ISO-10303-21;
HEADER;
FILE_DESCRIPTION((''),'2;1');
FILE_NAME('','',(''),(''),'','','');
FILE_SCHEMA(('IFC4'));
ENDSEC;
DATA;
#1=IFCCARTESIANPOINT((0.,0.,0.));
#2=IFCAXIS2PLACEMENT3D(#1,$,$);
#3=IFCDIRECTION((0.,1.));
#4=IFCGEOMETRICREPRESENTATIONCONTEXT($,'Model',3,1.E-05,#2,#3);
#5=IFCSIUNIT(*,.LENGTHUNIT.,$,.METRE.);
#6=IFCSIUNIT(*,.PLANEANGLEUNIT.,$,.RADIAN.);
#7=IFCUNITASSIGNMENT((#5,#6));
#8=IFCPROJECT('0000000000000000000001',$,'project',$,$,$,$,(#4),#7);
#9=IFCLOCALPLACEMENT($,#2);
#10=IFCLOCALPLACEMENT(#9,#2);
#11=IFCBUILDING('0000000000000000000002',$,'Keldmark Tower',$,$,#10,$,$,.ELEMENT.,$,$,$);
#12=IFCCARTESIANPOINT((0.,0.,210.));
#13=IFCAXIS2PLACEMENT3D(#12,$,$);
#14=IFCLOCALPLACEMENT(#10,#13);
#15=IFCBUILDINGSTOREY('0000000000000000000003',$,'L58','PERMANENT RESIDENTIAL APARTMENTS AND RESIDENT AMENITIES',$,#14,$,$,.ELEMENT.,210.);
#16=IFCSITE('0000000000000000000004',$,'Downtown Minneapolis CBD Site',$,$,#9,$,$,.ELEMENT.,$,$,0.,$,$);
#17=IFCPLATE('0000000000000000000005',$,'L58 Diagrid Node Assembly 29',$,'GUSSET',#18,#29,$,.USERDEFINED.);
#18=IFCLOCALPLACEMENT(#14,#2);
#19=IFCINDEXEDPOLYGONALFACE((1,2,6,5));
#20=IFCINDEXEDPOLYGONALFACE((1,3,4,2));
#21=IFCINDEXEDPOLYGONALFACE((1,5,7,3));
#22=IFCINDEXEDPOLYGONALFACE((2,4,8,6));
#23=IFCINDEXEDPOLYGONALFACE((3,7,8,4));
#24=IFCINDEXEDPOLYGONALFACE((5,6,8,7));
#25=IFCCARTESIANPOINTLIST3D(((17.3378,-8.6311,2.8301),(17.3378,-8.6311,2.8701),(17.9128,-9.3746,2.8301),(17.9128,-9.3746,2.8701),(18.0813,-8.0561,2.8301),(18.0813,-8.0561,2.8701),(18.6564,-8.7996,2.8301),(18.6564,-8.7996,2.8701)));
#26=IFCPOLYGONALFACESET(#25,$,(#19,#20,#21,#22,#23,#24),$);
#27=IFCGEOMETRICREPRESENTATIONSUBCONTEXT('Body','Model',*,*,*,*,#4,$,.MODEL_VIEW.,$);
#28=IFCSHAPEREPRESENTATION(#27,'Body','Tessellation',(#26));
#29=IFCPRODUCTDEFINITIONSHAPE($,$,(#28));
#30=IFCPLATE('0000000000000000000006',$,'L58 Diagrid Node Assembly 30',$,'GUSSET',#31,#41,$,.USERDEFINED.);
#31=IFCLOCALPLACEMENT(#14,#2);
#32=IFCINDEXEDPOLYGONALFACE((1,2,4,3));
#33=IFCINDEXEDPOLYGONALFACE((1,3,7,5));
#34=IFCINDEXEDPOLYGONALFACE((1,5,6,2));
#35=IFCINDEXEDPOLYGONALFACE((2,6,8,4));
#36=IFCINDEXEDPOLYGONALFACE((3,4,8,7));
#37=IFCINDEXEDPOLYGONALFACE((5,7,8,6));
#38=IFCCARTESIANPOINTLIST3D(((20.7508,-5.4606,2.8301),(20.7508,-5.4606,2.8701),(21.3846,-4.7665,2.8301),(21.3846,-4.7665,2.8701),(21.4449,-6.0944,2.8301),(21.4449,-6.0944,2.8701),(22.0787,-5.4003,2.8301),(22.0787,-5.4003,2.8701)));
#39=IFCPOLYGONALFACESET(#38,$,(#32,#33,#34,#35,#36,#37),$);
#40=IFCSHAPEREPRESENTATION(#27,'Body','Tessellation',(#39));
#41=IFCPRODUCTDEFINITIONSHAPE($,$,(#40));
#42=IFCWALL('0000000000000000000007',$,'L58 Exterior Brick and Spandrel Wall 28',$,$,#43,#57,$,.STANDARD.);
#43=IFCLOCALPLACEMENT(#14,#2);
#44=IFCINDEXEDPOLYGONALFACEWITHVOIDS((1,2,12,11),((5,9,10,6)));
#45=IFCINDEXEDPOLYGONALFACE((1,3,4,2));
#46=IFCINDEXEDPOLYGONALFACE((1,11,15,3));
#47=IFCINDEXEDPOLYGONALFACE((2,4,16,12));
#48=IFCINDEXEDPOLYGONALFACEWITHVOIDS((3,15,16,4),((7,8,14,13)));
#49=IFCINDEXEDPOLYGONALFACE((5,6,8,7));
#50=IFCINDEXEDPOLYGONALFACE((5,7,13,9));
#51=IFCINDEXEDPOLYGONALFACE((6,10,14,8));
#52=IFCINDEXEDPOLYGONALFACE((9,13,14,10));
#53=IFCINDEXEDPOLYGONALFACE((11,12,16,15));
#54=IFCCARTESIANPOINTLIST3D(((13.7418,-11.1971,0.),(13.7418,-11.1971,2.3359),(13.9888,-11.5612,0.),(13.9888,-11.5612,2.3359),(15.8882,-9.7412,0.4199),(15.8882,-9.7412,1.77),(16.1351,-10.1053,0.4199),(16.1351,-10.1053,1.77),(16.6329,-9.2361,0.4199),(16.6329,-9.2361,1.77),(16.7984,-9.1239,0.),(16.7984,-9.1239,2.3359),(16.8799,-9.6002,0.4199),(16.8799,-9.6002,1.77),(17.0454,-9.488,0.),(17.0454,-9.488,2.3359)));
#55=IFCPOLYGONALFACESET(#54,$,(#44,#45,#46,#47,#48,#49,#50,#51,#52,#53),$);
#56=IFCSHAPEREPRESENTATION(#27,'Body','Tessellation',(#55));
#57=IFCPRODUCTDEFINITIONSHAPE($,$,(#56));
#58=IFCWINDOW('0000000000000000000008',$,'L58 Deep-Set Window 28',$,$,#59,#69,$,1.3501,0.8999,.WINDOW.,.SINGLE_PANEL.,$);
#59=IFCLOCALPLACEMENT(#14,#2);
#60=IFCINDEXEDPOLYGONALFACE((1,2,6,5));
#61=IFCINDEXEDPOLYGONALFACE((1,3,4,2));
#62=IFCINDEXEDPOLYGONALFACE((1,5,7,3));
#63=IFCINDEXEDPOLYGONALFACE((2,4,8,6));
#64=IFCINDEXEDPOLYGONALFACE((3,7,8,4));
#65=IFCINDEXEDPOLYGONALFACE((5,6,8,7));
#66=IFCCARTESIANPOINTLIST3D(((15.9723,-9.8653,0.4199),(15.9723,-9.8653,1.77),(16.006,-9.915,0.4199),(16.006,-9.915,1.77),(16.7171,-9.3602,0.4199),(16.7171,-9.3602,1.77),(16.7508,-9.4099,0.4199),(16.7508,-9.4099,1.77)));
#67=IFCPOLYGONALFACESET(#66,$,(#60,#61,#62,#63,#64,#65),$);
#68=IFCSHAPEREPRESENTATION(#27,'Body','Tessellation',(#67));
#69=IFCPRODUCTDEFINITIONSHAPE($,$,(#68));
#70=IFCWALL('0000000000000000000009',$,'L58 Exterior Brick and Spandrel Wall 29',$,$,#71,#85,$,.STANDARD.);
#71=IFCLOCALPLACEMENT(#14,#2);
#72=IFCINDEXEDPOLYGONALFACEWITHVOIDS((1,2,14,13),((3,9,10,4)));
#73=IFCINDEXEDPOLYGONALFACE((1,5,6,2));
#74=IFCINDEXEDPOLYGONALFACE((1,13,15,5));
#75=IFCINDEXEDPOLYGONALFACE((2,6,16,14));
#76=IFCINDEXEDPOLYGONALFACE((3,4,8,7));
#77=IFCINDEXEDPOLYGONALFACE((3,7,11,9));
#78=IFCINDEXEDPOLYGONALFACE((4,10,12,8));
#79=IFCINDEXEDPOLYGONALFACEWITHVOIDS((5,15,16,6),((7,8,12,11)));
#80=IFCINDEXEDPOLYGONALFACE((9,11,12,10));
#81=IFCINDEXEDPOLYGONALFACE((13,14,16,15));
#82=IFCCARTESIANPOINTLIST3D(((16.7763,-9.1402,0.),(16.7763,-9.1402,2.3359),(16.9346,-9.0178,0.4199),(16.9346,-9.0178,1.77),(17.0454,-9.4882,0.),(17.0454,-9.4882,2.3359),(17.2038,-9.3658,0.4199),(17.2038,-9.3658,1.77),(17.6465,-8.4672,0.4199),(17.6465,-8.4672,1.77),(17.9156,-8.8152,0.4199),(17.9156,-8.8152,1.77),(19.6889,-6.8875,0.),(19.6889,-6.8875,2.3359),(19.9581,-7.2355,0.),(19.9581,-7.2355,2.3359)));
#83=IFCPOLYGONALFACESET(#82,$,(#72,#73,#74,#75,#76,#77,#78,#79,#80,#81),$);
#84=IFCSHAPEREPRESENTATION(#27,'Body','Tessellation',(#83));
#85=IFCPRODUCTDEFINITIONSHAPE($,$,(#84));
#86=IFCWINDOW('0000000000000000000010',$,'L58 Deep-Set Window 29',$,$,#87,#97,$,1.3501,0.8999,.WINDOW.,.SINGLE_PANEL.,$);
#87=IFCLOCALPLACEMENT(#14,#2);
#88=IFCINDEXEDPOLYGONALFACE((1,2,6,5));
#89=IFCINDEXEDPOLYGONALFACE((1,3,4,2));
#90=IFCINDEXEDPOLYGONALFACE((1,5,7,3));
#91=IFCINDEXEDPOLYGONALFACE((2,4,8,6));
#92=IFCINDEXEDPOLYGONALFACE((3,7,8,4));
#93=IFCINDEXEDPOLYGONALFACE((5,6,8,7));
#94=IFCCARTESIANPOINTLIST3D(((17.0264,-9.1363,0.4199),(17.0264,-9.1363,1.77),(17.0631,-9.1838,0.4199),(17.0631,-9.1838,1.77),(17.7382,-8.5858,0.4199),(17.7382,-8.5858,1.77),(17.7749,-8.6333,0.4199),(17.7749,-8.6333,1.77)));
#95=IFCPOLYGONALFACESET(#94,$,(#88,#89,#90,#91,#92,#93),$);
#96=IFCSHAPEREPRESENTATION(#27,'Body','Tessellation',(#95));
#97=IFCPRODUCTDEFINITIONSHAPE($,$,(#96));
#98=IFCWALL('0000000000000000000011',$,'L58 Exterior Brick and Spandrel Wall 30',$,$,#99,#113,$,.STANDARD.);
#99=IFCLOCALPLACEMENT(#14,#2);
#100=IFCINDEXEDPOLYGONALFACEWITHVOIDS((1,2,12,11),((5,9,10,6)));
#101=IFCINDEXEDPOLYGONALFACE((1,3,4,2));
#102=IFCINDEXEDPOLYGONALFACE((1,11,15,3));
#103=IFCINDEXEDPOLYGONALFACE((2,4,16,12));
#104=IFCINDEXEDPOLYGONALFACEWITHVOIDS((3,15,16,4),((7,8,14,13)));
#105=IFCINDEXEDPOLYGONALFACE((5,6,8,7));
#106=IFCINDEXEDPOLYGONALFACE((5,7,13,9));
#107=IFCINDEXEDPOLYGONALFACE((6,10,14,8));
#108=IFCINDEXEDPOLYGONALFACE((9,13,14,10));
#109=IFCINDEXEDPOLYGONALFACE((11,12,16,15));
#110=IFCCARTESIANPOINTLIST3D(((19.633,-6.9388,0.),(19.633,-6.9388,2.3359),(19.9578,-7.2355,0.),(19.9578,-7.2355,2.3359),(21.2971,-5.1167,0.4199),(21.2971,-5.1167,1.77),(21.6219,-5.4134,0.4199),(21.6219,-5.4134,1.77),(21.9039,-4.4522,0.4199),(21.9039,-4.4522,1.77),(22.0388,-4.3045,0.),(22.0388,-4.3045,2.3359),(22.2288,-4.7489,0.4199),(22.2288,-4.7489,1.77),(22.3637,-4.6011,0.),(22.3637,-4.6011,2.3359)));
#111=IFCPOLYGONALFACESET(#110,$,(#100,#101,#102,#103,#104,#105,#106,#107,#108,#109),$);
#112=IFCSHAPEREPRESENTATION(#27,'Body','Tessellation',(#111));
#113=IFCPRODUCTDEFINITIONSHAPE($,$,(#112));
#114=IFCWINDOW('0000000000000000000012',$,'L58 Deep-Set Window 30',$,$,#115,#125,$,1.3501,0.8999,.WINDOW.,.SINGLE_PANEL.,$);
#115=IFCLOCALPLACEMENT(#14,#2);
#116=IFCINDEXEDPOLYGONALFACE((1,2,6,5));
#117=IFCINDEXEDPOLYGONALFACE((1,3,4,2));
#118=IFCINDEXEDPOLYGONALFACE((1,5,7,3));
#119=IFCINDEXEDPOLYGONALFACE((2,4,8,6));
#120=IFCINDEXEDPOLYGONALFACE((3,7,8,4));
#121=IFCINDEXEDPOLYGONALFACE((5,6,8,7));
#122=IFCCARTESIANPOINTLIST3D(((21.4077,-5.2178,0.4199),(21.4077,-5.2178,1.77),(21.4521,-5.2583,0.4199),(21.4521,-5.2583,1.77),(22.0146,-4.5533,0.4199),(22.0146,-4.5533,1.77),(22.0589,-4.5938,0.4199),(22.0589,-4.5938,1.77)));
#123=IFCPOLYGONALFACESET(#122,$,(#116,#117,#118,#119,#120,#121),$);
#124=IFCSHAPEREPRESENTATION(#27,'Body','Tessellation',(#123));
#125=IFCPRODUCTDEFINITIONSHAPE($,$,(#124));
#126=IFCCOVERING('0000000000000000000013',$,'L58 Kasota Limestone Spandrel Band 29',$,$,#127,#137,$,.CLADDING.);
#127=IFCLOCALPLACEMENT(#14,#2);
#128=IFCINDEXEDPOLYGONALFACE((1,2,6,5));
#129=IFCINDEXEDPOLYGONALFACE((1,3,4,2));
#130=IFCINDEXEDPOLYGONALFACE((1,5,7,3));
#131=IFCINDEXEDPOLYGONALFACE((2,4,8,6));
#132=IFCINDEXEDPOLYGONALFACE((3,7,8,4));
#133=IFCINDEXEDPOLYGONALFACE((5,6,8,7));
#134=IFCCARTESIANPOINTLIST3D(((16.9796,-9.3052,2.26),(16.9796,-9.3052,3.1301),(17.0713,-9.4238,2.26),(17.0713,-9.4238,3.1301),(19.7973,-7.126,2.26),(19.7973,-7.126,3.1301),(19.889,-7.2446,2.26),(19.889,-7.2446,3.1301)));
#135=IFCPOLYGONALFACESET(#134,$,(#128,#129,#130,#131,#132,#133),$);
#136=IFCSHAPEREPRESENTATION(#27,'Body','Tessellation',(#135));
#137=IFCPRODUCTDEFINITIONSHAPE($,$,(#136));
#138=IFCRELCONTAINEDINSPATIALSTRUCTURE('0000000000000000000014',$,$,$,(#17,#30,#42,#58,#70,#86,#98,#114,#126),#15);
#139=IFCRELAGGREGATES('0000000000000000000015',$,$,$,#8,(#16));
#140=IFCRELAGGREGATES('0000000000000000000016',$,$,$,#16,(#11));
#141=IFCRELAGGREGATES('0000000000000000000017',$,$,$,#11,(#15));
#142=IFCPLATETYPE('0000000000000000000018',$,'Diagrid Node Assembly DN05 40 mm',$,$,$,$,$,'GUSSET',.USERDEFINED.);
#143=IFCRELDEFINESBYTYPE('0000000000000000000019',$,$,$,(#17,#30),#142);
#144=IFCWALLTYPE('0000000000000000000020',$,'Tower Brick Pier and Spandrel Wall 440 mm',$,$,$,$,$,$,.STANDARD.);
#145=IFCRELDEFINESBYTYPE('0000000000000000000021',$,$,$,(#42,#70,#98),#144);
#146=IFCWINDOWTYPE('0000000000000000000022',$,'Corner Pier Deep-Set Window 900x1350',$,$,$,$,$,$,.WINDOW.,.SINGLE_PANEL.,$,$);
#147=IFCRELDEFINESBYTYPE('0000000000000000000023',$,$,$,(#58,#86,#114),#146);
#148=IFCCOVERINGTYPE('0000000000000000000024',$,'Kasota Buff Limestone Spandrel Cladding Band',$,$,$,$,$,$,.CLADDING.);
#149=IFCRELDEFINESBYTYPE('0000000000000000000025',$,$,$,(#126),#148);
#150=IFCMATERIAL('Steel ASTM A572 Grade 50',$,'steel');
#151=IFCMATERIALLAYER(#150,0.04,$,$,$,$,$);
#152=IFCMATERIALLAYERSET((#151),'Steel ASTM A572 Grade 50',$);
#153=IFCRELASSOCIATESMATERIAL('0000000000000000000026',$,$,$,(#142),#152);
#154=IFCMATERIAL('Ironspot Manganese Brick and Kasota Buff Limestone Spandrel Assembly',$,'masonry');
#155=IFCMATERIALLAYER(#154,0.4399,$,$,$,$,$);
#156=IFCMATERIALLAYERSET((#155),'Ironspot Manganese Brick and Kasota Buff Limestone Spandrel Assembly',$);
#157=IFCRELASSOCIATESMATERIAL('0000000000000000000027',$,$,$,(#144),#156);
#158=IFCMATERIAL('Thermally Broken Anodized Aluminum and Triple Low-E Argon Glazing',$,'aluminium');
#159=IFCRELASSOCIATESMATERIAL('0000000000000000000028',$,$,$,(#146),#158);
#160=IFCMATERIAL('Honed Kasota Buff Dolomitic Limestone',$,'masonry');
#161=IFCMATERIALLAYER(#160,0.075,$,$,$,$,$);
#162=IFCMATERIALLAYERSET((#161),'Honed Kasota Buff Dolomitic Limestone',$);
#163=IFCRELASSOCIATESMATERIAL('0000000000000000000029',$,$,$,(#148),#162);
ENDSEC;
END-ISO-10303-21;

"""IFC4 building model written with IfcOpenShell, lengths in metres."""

from ifc_helpers import new_model, si_unit, direction, frame, frame_2d, origin, origin_2d, place, context, subcontext, project, spatial, rectangle, extrude, material, layer, layer_set, type_object, element, fill, save


model = new_model("IFC4")

# Units and contexts
model_context = context("Model", 3, precision=1e-05, world=origin(), true_north=direction((0.0, 1.0)))
body_context = subcontext(model_context, "Body", "Model", "MODEL_VIEW")
ifc_project = project(units=[si_unit("LENGTHUNIT", "METRE"), si_unit("PLANEANGLEUNIT", "RADIAN")], contexts=[model_context])

# Site, building, storey
site_placement = place(None, origin())
site = spatial("IfcSite", under=ifc_project, at=site_placement, Name="Downtown Minneapolis CBD Site", CompositionType="ELEMENT", RefElevation=0.0)
building_placement = place(site_placement, origin())
building = spatial("IfcBuilding", under=site, at=building_placement, Name="Keldmark Tower", CompositionType="ELEMENT")
storey_placement = place(building_placement, frame((0.0, 0.0, 210.0)))
storey = spatial("IfcBuildingStorey", under=building, at=storey_placement, Name="L58", Description="PERMANENT RESIDENTIAL APARTMENTS AND RESIDENT AMENITIES", CompositionType="ELEMENT", Elevation=210.0)

# Plates
ifc_material_1 = material(Name="Steel ASTM A572 Grade 50", Category="steel")
ifc_layer_1 = layer(ifc_material_1, 0.04)
ifc_layer_set_1 = layer_set([ifc_layer_1], Name="Steel ASTM A572 Grade 50")
plate_type = type_object("IfcPlateType", Name="Diagrid Node Assembly DN05 40 mm", ElementType="GUSSET", PredefinedType="USERDEFINED", material=ifc_layer_set_1)
for number, where, z_axis, x_axis, name in (
    (1, (17.9971, -8.7153, 2.8301), (0.0, 0.0, 1.0), (0.79101, 0.611803, 0.0), "L58 Diagrid Node Assembly 29"),
    (2, (21.4148, -5.4304, 2.8301), (0.0, 0.0, 1.0), (0.674302, 0.738455, 0.0), "L58 Diagrid Node Assembly 30"),
):
    element("IfcPlate", number, at=place(storey_placement, frame(where, z_axis=z_axis, x_axis=x_axis)), inside=storey, type_object=plate_type, Name=name, ObjectType="GUSSET", PredefinedType="USERDEFINED", context=body_context, shape_type="SweptSolid", body=[
        extrude(rectangle(XDim=0.9399, YDim=0.9399, at=origin_2d()), origin(), (0.0, 0.0, 1.0), 0.04),
    ])

# Walls, openings, windows
ifc_material_2 = material(Name="Ironspot Manganese Brick and Kasota Buff Limestone Spandrel Assembly", Category="masonry")
ifc_layer_2 = layer(ifc_material_2, 0.4399)
ifc_layer_set_2 = layer_set([ifc_layer_2], Name="Ironspot Manganese Brick and Kasota Buff Limestone Spandrel Assembly")
wall_type = type_object("IfcWallType", Name="Tower Brick Pier and Spandrel Wall 440 mm", PredefinedType="STANDARD", material=ifc_layer_set_2)
wall_1_placement = place(storey_placement, frame((16.9219, -9.3059, 0.0), z_axis=(0.0, 0.0, 1.0), x_axis=(-0.82759, -0.561333, 0.0)))
wall_1 = element("IfcWall", 3, at=wall_1_placement, inside=storey, type_object=wall_type, Name="L58 Exterior Brick and Spandrel Wall 28", PredefinedType="STANDARD", context=body_context, shape_type="SweptSolid", body=[
    extrude(rectangle(XDim=3.6934, YDim=0.4399, at=frame_2d((1.8467, 0.0))), origin(), (0.0, 0.0, 1.0), 2.3359),
])
opening_1_placement = place(wall_1_placement, frame((0.2, 0.0, 0.4199)))
opening_1 = element("IfcOpeningElement", 4, at=opening_1_placement, cuts=wall_1, PredefinedType="OPENING", context=body_context, shape_type="SweptSolid", body=[
    extrude(rectangle(XDim=0.8999, YDim=1.3501, at=frame_2d((0.45, 0.675))), frame((0.0, 0.23, 0.0), z_axis=(0.0, -1.0, 0.0), x_axis=(1.0, 0.0, 0.0)), (0.0, 0.0, 1.0), 0.46),
])
ifc_material_3 = material(Name="Thermally Broken Anodized Aluminum and Triple Low-E Argon Glazing", Category="aluminium")
window_type = type_object("IfcWindowType", Name="Corner Pier Deep-Set Window 900x1350", PartitioningType="SINGLE_PANEL", PredefinedType="WINDOW", material=ifc_material_3)
window_1_placement = place(opening_1_placement, origin())
window_1 = element("IfcWindow", 5, at=window_1_placement, inside=storey, type_object=window_type, Name="L58 Deep-Set Window 28", OverallHeight=1.3501, OverallWidth=0.8999, PartitioningType="SINGLE_PANEL", PredefinedType="WINDOW", context=body_context, shape_type="SweptSolid", body=[
    extrude(rectangle(XDim=0.8999, YDim=1.3501, at=frame_2d((0.45, 0.675))), frame((0.0, -0.01, 0.0), z_axis=(0.0, -1.0, 0.0), x_axis=(1.0, 0.0, 0.0)), (0.0, 0.0, 1.0), 0.0601),
])
fill(opening_1, window_1)
wall_2_placement = place(storey_placement, frame((19.8235, -7.0615, 0.0), z_axis=(0.0, 0.0, 1.0), x_axis=(-0.791017, -0.611795, 0.0)))
wall_2 = element("IfcWall", 6, at=wall_2_placement, inside=storey, type_object=wall_type, Name="L58 Exterior Brick and Spandrel Wall 29", PredefinedType="STANDARD", context=body_context, shape_type="SweptSolid", body=[
    extrude(rectangle(XDim=3.6821, YDim=0.4399, at=frame_2d((1.8411, 0.0))), origin(), (0.0, 0.0, 1.0), 2.3359),
])
opening_2_placement = place(wall_2_placement, frame((2.582, 0.0, 0.4199)))
opening_2 = element("IfcOpeningElement", 7, at=opening_2_placement, cuts=wall_2, PredefinedType="OPENING", context=body_context, shape_type="SweptSolid", body=[
    extrude(rectangle(XDim=0.8999, YDim=1.3501, at=frame_2d((0.45, 0.675))), frame((0.0, 0.23, 0.0), z_axis=(0.0, -1.0, 0.0), x_axis=(1.0, 0.0, 0.0)), (0.0, 0.0, 1.0), 0.46),
])
window_2_placement = place(opening_2_placement, origin())
window_2 = element("IfcWindow", 8, at=window_2_placement, inside=storey, type_object=window_type, Name="L58 Deep-Set Window 29", OverallHeight=1.3501, OverallWidth=0.8999, PartitioningType="SINGLE_PANEL", PredefinedType="WINDOW", context=body_context, shape_type="SweptSolid", body=[
    extrude(rectangle(XDim=0.8999, YDim=1.3501, at=frame_2d((0.45, 0.675))), frame((0.0, -0.01, 0.0), z_axis=(0.0, -1.0, 0.0), x_axis=(1.0, 0.0, 0.0)), (0.0, 0.0, 1.0), 0.0601),
])
fill(opening_2, window_2)
wall_3_placement = place(storey_placement, frame((22.2012, -4.4529, 0.0), z_axis=(0.0, 0.0, 1.0), x_axis=(-0.674354, -0.738408, 0.0)))
wall_3 = element("IfcWall", 9, at=wall_3_placement, inside=storey, type_object=wall_type, Name="L58 Exterior Brick and Spandrel Wall 30", PredefinedType="STANDARD", context=body_context, shape_type="SweptSolid", body=[
    extrude(rectangle(XDim=3.5676, YDim=0.4399, at=frame_2d((1.7837, 0.0))), origin(), (0.0, 0.0, 1.0), 2.3359),
])
opening_3_placement = place(wall_3_placement, frame((0.2, 0.0, 0.4199)))
opening_3 = element("IfcOpeningElement", 10, at=opening_3_placement, cuts=wall_3, PredefinedType="OPENING", context=body_context, shape_type="SweptSolid", body=[
    extrude(rectangle(XDim=0.8999, YDim=1.3501, at=frame_2d((0.45, 0.675))), frame((0.0, 0.23, 0.0), z_axis=(0.0, -1.0, 0.0), x_axis=(1.0, 0.0, 0.0)), (0.0, 0.0, 1.0), 0.46),
])
window_3_placement = place(opening_3_placement, origin())
window_3 = element("IfcWindow", 11, at=window_3_placement, inside=storey, type_object=window_type, Name="L58 Deep-Set Window 30", OverallHeight=1.3501, OverallWidth=0.8999, PartitioningType="SINGLE_PANEL", PredefinedType="WINDOW", context=body_context, shape_type="SweptSolid", body=[
    extrude(rectangle(XDim=0.8999, YDim=1.3501, at=frame_2d((0.45, 0.675))), frame((0.0, -0.01, 0.0), z_axis=(0.0, -1.0, 0.0), x_axis=(1.0, 0.0, 0.0)), (0.0, 0.0, 1.0), 0.0601),
])
fill(opening_3, window_3)

# Covering
ifc_material_4 = material(Name="Honed Kasota Buff Dolomitic Limestone", Category="masonry")
ifc_layer_3 = layer(ifc_material_4, 0.075)
ifc_layer_set_3 = layer_set([ifc_layer_3], Name="Honed Kasota Buff Dolomitic Limestone")
covering_type = type_object("IfcCoveringType", Name="Kasota Buff Limestone Spandrel Cladding Band", PredefinedType="CLADDING", material=ifc_layer_set_3)
covering_placement = place(storey_placement, frame((18.4343, -8.2749, 2.26), z_axis=(0.0, 0.0, 1.0), x_axis=(0.791031, 0.611776, 0.0)))
element("IfcCovering", 12, at=covering_placement, inside=storey, type_object=covering_type, Name="L58 Kasota Limestone Spandrel Band 29", PredefinedType="CLADDING", context=body_context, shape_type="SweptSolid", body=[
    extrude(rectangle(XDim=3.562, YDim=0.1499, at=origin_2d()), origin(), (0.0, 0.0, 1.0), 0.8701),
])

save(model, "model.ifc")
